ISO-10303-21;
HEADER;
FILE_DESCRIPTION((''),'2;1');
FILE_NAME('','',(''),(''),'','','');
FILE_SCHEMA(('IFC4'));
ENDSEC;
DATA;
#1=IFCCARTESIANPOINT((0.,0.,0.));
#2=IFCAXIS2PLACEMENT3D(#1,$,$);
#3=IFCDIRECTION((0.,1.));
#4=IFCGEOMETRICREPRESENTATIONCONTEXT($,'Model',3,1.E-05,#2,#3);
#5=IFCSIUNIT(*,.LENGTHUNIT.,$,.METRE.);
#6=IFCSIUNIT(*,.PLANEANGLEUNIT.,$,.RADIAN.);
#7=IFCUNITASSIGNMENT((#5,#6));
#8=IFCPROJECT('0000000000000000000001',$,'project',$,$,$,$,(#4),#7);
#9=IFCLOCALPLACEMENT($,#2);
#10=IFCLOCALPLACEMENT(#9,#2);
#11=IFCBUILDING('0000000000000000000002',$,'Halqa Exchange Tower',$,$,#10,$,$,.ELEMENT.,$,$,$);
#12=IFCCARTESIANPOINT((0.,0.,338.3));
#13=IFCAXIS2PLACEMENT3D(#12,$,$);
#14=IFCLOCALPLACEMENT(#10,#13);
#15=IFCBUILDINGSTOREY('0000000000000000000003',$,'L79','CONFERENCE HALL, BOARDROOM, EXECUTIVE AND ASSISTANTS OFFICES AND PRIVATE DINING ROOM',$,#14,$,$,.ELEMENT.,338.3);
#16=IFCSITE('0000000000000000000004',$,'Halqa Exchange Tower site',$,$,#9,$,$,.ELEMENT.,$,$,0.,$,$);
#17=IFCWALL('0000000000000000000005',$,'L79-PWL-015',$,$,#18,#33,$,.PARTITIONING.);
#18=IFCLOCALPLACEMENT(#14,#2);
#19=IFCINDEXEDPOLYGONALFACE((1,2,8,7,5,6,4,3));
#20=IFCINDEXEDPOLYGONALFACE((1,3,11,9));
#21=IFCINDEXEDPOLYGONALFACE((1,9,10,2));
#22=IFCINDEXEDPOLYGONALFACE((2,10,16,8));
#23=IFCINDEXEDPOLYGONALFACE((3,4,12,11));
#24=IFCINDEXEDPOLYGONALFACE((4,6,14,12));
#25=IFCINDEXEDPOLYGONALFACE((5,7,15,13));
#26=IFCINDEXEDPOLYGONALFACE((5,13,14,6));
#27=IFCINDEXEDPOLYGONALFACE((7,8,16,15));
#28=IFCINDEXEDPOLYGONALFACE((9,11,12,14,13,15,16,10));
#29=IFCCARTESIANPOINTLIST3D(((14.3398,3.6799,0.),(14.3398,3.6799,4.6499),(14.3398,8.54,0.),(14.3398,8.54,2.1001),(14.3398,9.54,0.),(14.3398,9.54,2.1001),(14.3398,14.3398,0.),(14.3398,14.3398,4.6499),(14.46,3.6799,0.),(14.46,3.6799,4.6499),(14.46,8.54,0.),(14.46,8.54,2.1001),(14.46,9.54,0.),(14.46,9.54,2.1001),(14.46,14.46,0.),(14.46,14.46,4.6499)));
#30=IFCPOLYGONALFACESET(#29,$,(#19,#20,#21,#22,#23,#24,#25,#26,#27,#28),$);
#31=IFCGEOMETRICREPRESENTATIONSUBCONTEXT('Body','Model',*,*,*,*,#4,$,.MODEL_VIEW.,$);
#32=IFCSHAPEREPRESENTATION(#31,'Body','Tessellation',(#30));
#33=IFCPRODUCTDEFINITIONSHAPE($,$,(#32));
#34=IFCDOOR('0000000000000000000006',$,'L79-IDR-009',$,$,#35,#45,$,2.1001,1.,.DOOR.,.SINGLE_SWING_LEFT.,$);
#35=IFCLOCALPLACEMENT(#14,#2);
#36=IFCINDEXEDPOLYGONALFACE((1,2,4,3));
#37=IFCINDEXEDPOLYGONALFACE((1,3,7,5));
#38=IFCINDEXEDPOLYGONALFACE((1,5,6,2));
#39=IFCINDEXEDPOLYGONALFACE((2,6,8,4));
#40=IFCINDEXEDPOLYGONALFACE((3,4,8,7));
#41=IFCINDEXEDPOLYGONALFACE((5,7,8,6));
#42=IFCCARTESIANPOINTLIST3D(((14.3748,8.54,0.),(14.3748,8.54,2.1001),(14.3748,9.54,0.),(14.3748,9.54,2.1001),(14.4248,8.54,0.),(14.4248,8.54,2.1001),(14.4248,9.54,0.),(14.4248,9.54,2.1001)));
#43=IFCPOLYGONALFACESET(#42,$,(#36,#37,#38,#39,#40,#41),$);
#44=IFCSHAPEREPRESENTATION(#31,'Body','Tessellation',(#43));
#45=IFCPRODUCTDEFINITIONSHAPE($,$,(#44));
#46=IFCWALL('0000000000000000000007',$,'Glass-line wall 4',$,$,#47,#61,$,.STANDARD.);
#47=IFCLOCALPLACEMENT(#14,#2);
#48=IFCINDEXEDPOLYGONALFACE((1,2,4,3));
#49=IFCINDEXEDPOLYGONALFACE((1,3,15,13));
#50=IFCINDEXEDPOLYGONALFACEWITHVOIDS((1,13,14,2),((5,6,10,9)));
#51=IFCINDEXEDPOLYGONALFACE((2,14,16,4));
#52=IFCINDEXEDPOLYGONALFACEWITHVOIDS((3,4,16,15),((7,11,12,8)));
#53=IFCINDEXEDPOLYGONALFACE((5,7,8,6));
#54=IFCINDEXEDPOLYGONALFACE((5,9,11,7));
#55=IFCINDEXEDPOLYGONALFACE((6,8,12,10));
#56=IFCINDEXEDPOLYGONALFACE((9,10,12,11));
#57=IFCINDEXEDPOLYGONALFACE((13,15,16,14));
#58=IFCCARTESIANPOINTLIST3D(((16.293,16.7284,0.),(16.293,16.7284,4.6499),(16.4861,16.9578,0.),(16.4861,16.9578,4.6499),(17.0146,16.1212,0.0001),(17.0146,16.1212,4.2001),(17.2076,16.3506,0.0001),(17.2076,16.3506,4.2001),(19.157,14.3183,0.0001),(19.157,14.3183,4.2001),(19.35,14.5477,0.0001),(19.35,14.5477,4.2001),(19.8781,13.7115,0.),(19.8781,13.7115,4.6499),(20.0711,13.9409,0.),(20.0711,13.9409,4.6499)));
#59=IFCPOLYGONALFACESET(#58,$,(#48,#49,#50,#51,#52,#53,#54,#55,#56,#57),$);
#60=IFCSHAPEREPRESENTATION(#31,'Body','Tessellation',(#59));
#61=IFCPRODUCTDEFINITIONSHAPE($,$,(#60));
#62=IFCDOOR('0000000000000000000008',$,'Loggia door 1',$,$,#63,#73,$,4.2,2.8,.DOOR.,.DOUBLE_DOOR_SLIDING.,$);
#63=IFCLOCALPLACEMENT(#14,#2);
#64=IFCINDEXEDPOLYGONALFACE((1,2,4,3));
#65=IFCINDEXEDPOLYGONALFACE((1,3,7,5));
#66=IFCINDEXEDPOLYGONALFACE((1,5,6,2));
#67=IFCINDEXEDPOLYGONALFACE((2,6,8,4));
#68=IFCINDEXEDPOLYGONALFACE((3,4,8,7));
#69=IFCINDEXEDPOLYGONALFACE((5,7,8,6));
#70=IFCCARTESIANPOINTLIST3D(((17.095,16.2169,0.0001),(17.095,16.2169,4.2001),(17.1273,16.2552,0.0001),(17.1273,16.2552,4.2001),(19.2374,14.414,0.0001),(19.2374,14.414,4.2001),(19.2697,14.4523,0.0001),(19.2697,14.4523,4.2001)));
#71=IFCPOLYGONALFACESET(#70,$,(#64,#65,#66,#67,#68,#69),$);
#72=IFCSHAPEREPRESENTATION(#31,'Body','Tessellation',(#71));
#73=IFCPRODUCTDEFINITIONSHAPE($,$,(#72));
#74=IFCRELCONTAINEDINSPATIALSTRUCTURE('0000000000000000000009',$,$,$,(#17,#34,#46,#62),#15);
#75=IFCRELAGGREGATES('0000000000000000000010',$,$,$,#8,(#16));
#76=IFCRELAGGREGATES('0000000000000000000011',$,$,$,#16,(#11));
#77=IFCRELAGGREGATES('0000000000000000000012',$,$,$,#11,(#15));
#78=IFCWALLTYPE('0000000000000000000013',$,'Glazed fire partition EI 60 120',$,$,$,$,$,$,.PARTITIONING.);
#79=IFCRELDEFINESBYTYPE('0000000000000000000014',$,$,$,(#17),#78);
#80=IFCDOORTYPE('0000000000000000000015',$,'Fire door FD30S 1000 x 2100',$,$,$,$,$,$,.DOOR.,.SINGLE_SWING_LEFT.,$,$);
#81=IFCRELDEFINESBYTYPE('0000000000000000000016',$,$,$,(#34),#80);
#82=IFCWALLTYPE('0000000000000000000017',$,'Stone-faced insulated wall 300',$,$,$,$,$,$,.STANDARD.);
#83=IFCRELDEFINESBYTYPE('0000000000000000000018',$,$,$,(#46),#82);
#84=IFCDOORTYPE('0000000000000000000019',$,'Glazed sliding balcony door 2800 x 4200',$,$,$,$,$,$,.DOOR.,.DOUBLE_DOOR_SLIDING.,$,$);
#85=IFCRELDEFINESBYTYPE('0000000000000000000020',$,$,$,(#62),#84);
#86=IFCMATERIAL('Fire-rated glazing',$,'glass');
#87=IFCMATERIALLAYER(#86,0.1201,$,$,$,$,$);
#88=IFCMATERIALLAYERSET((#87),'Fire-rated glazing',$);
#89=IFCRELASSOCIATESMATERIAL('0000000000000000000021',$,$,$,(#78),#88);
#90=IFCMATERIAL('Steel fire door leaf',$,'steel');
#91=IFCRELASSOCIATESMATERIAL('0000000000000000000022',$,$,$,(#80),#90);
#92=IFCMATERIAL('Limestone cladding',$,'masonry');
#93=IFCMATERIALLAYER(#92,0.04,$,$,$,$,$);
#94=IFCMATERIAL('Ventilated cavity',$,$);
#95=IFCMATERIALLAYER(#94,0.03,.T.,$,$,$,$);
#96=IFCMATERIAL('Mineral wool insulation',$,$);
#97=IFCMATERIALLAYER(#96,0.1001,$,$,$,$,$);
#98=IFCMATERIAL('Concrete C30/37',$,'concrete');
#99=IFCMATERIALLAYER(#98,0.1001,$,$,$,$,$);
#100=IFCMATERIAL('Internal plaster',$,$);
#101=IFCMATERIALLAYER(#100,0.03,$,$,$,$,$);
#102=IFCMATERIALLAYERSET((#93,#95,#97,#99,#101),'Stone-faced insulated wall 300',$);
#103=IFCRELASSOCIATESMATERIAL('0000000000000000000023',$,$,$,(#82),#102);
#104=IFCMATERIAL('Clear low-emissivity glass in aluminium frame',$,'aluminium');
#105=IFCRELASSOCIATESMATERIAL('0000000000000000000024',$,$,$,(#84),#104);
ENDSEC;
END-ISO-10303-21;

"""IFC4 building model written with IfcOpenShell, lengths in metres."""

from ifc_helpers import new_model, si_unit, direction, frame, frame_2d, origin, place, context, subcontext, project, spatial, polyline, rectangle, outline, extrude, material, layer, layer_set, type_object, element, fill, save


model = new_model("IFC4")

# Units and contexts
model_context = context("Model", 3, precision=1e-05, world=origin(), true_north=direction((0.0, 1.0)))
body_context = subcontext(model_context, "Body", "Model", "MODEL_VIEW")
ifc_project = project(units=[si_unit("LENGTHUNIT", "METRE"), si_unit("PLANEANGLEUNIT", "RADIAN")], contexts=[model_context])

# Site, building, storey
site_placement = place(None, origin())
site = spatial("IfcSite", under=ifc_project, at=site_placement, Name="Halqa Exchange Tower site", CompositionType="ELEMENT", RefElevation=0.0)
building_placement = place(site_placement, origin())
building = spatial("IfcBuilding", under=site, at=building_placement, Name="Halqa Exchange Tower", CompositionType="ELEMENT")
storey_placement = place(building_placement, frame((0.0, 0.0, 338.3)))
storey = spatial("IfcBuildingStorey", under=building, at=storey_placement, Name="L79", Description="CONFERENCE HALL, BOARDROOM, EXECUTIVE AND ASSISTANTS OFFICES AND PRIVATE DINING ROOM", CompositionType="ELEMENT", Elevation=338.3)

# Walls, openings, doors
ifc_material_1 = material(Name="Fire-rated glazing", Category="glass")
ifc_layer_1 = layer(ifc_material_1, 0.1201)
ifc_layer_set_1 = layer_set([ifc_layer_1], Name="Fire-rated glazing")
wall_type_1 = type_object("IfcWallType", Name="Glazed fire partition EI 60 120", PredefinedType="PARTITIONING", material=ifc_layer_set_1)
wall_1_placement = place(storey_placement, frame((14.3999, 14.46, 0.0), z_axis=(0.0, 0.0, 1.0), x_axis=(0.0, -1.0, 0.0)))
wall_1 = element("IfcWall", 1, at=wall_1_placement, inside=storey, type_object=wall_type_1, Name="L79-PWL-015", PredefinedType="PARTITIONING", context=body_context, shape_type="SweptSolid", body=[
    extrude(outline(polyline([(10.78, 0.0601), (8.9834, 0.0601), (7.1868, 0.0601), (5.3901, 0.0601), (3.5933, 0.0601), (1.7966, 0.0601), (0.0, 0.0601), (0.1201, -0.0601), (1.8967, -0.0601), (3.6733, -0.0601), (5.4502, -0.0601), (7.2268, -0.0601), (9.0034, -0.0601), (10.78, -0.0601), (10.78, 0.0601)])), origin(), (0.0, 0.0, 1.0), 4.6499),
])
opening_1_placement = place(wall_1_placement, frame((4.9199, 0.0, 0.0)))
opening_1 = element("IfcOpeningElement", 2, at=opening_1_placement, cuts=wall_1, PredefinedType="OPENING", context=body_context, shape_type="SweptSolid", body=[
    extrude(rectangle(XDim=1.0, YDim=2.1001, at=frame_2d((0.5, 1.05))), frame((0.0, 0.072, 0.0), z_axis=(0.0, -1.0, 0.0), x_axis=(1.0, 0.0, 0.0)), (0.0, 0.0, 1.0), 0.144),
])
ifc_material_2 = material(Name="Steel fire door leaf", Category="steel")
door_type_1 = type_object("IfcDoorType", Name="Fire door FD30S 1000 x 2100", OperationType="SINGLE_SWING_LEFT", PredefinedType="DOOR", material=ifc_material_2)
door_1_placement = place(opening_1_placement, origin())
door_1 = element("IfcDoor", 3, at=door_1_placement, inside=storey, type_object=door_type_1, Name="L79-IDR-009", OperationType="SINGLE_SWING_LEFT", OverallHeight=2.1001, OverallWidth=1.0, PredefinedType="DOOR", context=body_context, shape_type="SweptSolid", body=[
    extrude(rectangle(XDim=1.0, YDim=2.1001, at=frame_2d((0.5, 1.05))), frame((0.0, 0.0249, 0.0), z_axis=(0.0, -1.0, 0.0), x_axis=(1.0, 0.0, 0.0)), (0.0, 0.0, 1.0), 0.05),
])
fill(opening_1, door_1)
ifc_material_3 = material(Name="Limestone cladding", Category="masonry")
ifc_layer_2 = layer(ifc_material_3, 0.04)
ifc_material_4 = material(Name="Ventilated cavity")
ifc_layer_3 = layer(ifc_material_4, 0.03, ventilated=True)
ifc_material_5 = material(Name="Mineral wool insulation")
ifc_layer_4 = layer(ifc_material_5, 0.1001)
ifc_material_6 = material(Name="Concrete C30/37", Category="concrete")
ifc_layer_5 = layer(ifc_material_6, 0.1001)
ifc_material_7 = material(Name="Internal plaster")
ifc_layer_6 = layer(ifc_material_7, 0.03)
ifc_layer_set_2 = layer_set([ifc_layer_2, ifc_layer_3, ifc_layer_4, ifc_layer_5, ifc_layer_6], Name="Stone-faced insulated wall 300")
wall_type_2 = type_object("IfcWallType", Name="Stone-faced insulated wall 300", PredefinedType="STANDARD", material=ifc_layer_set_2)
wall_2_placement = place(storey_placement, frame((19.9746, 13.8262, 0.0), z_axis=(0.0, 0.0, 1.0), x_axis=(-0.765129, 0.643877, 0.0)))
wall_2 = element("IfcWall", 4, at=wall_2_placement, inside=storey, type_object=wall_type_2, Name="Glass-line wall 4", PredefinedType="STANDARD", context=body_context, shape_type="SweptSolid", body=[
    extrude(outline(polyline([(0.0, -0.1499), (4.6855, -0.1499), (4.6855, 0.1499), (0.0, 0.1499), (0.0, -0.1499)])), origin(), (0.0, 0.0, 1.0), 4.6499),
])
opening_2_placement = place(wall_2_placement, frame((0.9426, 0.0, 0.0)))
opening_2 = element("IfcOpeningElement", 5, at=opening_2_placement, cuts=wall_2, PredefinedType="OPENING", context=body_context, shape_type="SweptSolid", body=[
    extrude(rectangle(XDim=2.8, YDim=4.2, at=frame_2d((1.3999, 2.1001))), frame((0.0, 0.1621, 0.0), z_axis=(0.0, -1.0, 0.0), x_axis=(1.0, 0.0, 0.0)), (0.0, 0.0, 1.0), 0.324),
])
ifc_material_8 = material(Name="Clear low-emissivity glass in aluminium frame", Category="aluminium")
door_type_2 = type_object("IfcDoorType", Name="Glazed sliding balcony door 2800 x 4200", OperationType="DOUBLE_DOOR_SLIDING", PredefinedType="DOOR", material=ifc_material_8)
door_2_placement = place(opening_2_placement, origin())
door_2 = element("IfcDoor", 6, at=door_2_placement, inside=storey, type_object=door_type_2, Name="Loggia door 1", OperationType="DOUBLE_DOOR_SLIDING", OverallHeight=4.2, OverallWidth=2.8, PredefinedType="DOOR", context=body_context, shape_type="SweptSolid", body=[
    extrude(rectangle(XDim=2.8, YDim=4.2, at=frame_2d((1.3999, 2.1001))), frame((0.0, 0.0249, 0.0), z_axis=(0.0, -1.0, 0.0), x_axis=(1.0, 0.0, 0.0)), (0.0, 0.0, 1.0), 0.05),
])
fill(opening_2, door_2)

save(model, "model.ifc")
